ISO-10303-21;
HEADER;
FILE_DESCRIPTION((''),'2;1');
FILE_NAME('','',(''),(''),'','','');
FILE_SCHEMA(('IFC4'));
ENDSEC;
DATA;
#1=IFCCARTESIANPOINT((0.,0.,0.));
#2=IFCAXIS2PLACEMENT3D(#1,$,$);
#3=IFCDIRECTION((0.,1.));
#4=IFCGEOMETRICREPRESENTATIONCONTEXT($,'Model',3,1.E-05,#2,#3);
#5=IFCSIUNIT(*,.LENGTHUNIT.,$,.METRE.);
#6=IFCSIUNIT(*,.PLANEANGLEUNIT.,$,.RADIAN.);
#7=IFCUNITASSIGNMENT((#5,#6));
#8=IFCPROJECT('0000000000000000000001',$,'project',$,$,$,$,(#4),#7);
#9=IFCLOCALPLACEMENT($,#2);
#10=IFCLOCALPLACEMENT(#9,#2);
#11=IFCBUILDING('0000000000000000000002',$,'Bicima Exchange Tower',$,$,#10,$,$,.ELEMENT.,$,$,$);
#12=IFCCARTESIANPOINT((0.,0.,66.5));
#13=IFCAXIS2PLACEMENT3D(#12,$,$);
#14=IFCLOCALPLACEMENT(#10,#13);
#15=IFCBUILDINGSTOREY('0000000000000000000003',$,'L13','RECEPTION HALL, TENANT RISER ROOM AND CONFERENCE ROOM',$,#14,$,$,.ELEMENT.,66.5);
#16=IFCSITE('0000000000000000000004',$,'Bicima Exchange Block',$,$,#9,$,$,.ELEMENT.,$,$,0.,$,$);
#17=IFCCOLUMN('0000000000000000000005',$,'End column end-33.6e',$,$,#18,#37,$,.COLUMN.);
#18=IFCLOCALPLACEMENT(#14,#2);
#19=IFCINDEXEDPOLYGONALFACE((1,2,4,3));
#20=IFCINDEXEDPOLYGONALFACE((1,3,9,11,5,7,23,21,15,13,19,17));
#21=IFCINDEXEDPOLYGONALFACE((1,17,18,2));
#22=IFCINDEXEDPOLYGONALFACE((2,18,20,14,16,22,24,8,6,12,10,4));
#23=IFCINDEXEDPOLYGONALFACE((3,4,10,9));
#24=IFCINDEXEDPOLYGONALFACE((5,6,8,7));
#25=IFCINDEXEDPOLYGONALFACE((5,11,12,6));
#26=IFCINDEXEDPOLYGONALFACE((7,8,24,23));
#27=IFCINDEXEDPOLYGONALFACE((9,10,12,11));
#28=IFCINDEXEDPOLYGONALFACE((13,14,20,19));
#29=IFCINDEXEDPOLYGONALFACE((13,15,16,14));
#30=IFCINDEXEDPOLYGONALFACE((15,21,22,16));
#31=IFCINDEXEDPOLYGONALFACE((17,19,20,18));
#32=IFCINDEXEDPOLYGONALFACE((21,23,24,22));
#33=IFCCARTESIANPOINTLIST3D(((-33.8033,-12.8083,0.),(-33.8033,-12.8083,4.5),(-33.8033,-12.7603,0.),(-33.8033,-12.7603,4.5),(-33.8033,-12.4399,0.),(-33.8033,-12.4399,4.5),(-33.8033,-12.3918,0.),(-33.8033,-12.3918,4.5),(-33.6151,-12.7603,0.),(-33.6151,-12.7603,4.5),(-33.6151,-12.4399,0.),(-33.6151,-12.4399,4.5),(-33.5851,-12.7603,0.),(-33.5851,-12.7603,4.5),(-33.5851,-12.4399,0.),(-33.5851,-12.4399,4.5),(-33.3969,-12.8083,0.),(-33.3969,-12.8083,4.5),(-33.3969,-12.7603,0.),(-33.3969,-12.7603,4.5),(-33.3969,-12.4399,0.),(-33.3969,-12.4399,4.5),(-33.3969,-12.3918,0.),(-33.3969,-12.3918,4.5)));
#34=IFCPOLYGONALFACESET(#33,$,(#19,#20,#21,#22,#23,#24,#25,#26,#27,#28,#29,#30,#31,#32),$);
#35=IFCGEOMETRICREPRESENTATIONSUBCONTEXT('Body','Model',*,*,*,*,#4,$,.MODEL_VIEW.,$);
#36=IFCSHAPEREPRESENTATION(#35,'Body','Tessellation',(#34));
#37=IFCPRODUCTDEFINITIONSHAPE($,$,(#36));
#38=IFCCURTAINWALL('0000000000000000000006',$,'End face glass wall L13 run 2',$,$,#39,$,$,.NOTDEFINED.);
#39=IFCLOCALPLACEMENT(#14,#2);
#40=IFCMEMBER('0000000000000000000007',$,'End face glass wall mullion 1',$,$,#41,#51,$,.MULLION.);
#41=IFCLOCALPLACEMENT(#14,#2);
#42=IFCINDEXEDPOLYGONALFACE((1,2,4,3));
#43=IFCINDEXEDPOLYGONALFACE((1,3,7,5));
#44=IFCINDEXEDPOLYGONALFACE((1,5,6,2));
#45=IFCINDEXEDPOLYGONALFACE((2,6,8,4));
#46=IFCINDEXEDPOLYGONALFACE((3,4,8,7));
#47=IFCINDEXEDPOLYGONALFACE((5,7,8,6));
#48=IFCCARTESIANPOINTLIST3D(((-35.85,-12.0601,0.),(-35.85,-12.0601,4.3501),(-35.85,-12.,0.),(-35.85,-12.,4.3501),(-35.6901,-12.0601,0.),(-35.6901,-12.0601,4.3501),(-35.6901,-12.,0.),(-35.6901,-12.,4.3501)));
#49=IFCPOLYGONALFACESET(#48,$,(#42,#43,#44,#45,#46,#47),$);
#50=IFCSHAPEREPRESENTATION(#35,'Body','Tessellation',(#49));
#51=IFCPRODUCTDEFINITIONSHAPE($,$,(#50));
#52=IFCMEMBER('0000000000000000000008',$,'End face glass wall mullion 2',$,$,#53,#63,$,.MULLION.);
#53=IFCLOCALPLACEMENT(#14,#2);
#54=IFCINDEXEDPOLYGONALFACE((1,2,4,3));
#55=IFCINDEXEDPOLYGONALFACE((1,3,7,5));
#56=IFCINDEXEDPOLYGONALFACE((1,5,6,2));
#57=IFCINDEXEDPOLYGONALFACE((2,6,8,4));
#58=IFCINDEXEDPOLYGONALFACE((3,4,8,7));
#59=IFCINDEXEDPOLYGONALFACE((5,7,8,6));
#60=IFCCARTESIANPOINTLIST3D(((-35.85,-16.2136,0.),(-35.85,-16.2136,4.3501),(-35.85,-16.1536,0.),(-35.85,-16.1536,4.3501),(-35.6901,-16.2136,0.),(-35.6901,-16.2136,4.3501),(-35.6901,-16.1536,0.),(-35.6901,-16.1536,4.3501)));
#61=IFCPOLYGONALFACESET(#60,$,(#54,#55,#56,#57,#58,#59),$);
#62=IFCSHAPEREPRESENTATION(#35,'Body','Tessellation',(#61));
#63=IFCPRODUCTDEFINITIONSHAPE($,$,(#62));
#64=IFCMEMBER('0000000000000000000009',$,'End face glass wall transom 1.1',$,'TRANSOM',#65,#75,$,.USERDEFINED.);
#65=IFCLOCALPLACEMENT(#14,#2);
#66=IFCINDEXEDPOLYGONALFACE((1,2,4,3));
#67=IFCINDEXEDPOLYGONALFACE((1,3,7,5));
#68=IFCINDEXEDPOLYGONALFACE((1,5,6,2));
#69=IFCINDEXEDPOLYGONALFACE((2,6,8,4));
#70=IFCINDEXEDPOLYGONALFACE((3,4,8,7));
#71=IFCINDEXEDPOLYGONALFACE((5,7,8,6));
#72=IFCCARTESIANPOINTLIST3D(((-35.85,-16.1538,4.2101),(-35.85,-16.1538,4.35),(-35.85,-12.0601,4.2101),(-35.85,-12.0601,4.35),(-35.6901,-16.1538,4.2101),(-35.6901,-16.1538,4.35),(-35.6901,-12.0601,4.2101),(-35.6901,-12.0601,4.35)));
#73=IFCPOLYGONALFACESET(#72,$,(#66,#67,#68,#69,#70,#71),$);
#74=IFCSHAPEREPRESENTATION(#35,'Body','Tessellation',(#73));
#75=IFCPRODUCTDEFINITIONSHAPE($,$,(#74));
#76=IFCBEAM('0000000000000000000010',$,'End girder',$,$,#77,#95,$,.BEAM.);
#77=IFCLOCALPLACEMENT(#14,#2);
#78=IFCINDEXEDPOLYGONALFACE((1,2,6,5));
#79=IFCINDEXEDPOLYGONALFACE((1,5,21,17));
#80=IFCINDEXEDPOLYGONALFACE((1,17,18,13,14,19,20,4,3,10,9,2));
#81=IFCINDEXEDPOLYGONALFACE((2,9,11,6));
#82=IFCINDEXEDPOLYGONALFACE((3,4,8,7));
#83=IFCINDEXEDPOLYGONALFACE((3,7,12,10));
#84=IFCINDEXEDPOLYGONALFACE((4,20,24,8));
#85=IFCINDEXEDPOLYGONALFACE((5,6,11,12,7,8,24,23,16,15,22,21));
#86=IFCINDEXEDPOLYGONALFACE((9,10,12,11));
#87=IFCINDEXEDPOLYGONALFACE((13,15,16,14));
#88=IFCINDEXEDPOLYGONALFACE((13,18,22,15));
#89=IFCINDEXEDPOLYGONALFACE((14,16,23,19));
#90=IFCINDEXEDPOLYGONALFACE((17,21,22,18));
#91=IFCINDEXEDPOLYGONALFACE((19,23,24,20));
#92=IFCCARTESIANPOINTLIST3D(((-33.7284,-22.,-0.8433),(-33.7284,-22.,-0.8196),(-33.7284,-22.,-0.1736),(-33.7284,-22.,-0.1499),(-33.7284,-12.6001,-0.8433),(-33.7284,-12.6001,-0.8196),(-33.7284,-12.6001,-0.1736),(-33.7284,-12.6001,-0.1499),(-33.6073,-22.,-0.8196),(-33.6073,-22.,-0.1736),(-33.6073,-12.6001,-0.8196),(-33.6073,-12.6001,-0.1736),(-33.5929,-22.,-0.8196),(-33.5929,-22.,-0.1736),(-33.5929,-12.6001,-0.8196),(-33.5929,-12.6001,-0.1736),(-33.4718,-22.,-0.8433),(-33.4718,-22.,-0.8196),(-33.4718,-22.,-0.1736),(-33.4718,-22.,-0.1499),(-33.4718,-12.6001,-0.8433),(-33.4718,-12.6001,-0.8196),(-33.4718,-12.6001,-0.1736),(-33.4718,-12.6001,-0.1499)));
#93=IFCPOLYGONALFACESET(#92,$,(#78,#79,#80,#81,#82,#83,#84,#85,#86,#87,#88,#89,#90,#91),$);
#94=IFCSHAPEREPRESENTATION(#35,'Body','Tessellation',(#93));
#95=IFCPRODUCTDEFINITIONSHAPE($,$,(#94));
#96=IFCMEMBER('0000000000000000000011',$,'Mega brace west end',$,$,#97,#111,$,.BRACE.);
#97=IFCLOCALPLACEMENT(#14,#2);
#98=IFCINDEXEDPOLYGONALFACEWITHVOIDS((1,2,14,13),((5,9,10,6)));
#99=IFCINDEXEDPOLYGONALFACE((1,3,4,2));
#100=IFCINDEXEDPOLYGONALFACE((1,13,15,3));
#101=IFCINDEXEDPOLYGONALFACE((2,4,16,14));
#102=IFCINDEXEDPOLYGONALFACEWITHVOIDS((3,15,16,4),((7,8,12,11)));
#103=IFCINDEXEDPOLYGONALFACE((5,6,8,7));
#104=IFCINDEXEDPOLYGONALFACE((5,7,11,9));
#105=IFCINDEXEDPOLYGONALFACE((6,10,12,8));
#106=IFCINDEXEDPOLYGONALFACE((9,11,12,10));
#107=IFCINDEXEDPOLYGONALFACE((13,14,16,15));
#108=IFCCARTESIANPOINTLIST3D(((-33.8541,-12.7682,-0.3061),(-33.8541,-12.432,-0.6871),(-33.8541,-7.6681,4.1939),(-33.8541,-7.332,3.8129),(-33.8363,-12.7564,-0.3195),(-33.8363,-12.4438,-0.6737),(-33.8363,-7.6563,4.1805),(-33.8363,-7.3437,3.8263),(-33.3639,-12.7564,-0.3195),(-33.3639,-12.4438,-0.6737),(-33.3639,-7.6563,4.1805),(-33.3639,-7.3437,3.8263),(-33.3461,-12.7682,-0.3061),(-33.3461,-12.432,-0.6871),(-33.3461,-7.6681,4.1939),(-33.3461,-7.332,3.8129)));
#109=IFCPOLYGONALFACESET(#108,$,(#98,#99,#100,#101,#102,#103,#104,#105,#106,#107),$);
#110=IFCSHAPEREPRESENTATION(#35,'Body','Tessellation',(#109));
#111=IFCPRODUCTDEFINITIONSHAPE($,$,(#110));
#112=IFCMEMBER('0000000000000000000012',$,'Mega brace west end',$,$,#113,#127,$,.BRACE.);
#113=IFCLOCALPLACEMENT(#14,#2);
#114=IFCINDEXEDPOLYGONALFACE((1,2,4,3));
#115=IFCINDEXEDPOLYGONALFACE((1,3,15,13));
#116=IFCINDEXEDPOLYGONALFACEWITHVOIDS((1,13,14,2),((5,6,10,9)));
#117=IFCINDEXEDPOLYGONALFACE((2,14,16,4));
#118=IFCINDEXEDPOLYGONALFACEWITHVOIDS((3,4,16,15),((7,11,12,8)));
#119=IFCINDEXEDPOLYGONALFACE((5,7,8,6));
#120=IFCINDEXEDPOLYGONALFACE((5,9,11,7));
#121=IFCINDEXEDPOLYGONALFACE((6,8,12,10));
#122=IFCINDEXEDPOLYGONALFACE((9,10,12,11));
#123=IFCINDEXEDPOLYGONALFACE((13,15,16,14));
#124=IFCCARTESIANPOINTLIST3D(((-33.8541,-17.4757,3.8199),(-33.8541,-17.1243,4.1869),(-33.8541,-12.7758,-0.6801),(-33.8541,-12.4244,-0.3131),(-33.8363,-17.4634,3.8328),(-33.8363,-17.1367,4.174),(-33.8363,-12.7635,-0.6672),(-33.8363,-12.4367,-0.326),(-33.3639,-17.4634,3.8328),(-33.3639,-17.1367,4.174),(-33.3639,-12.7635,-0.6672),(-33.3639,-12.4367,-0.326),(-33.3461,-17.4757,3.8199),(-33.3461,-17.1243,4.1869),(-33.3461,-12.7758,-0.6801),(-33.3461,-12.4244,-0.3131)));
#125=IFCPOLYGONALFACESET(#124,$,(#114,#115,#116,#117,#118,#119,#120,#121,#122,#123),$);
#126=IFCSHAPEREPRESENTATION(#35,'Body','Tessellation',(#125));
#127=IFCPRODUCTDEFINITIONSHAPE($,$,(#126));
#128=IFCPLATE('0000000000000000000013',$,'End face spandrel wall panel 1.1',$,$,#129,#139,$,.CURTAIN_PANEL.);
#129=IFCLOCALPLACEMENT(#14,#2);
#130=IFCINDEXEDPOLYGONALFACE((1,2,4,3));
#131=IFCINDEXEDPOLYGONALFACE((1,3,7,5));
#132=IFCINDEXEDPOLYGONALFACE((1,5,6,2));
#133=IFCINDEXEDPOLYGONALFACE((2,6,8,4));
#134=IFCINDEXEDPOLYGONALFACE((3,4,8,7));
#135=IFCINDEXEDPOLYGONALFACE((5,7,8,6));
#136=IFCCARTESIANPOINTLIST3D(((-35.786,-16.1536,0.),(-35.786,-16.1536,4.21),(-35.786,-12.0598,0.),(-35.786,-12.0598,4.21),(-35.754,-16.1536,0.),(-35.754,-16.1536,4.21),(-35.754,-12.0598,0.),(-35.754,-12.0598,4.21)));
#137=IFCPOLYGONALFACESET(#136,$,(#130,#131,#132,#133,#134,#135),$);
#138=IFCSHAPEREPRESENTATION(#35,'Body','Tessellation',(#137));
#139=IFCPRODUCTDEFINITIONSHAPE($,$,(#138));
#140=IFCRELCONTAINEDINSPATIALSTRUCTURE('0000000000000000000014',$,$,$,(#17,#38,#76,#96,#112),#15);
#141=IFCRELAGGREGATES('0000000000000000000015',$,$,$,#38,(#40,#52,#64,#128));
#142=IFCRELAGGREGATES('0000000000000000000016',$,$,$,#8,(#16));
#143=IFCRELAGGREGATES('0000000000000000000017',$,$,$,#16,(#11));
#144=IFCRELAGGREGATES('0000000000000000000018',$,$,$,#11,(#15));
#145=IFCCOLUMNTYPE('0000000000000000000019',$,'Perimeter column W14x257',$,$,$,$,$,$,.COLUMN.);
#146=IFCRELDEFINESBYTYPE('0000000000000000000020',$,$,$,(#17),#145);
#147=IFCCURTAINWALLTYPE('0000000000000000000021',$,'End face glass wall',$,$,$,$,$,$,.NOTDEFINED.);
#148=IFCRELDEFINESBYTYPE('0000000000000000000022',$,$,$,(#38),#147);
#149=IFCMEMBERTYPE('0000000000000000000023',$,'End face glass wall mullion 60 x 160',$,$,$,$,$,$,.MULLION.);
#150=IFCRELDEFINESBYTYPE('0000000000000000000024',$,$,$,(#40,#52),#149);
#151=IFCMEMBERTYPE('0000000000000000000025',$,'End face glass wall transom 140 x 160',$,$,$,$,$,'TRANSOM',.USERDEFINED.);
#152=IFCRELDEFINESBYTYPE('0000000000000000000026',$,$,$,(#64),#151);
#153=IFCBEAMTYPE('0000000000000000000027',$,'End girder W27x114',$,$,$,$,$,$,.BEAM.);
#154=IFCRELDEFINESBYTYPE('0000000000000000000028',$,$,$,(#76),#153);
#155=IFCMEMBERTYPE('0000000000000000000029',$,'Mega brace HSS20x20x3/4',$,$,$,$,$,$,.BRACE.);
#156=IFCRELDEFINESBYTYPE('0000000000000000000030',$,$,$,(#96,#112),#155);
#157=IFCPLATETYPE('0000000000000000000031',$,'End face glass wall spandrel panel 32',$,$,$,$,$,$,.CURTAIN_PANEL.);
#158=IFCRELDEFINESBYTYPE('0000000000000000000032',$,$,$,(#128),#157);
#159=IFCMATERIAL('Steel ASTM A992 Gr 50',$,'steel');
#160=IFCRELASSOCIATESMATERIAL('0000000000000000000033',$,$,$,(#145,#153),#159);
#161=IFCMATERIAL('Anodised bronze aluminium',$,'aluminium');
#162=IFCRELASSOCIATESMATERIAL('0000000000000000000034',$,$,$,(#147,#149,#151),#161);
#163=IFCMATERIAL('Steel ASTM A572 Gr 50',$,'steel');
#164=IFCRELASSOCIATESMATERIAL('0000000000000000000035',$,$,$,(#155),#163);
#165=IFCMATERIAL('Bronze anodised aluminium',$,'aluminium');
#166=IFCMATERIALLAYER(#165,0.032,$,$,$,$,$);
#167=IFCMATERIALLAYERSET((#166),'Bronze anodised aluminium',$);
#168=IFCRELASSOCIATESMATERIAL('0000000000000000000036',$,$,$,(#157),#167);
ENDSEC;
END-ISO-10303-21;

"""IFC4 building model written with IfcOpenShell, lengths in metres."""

from ifc_helpers import new_model, si_unit, direction, frame, origin, origin_2d, place, context, subcontext, project, spatial, rectangle, hollow_rectangle, i_section, extrude, material, layer, layer_set, material_profile, profile_set, type_object, element, aggregate, save


model = new_model("IFC4")

# Units and contexts
model_context = context("Model", 3, precision=1e-05, world=origin(), true_north=direction((0.0, 1.0)))
body_context = subcontext(model_context, "Body", "Model", "MODEL_VIEW")
ifc_project = project(units=[si_unit("LENGTHUNIT", "METRE"), si_unit("PLANEANGLEUNIT", "RADIAN")], contexts=[model_context])

# Site, building, storey
site_placement = place(None, origin())
site = spatial("IfcSite", under=ifc_project, at=site_placement, Name="Bicima Exchange Block", CompositionType="ELEMENT", RefElevation=0.0)
building_placement = place(site_placement, origin())
building = spatial("IfcBuilding", under=site, at=building_placement, Name="Bicima Exchange Tower", CompositionType="ELEMENT")
storey_placement = place(building_placement, frame((0.0, 0.0, 66.5)))
storey = spatial("IfcBuildingStorey", under=building, at=storey_placement, Name="L13", Description="RECEPTION HALL, TENANT RISER ROOM AND CONFERENCE ROOM", CompositionType="ELEMENT", Elevation=66.5)

# Column
ifc_material_1 = material(Name="Steel ASTM A992 Gr 50", Category="steel")
ifc_material_profile_1 = material_profile(ifc_material_1, i_section(OverallWidth=0.4065, OverallDepth=0.4165, WebThickness=0.03, FlangeThickness=0.0481, at=origin_2d()))
ifc_profile_set_1 = profile_set([ifc_material_profile_1], Name="Steel ASTM A992 Gr 50")
column_type = type_object("IfcColumnType", Name="Perimeter column W14x257", PredefinedType="COLUMN", material=ifc_profile_set_1)
column_placement = place(storey_placement, frame((-33.6001, -12.6001, 0.0), z_axis=(0.0, 0.0, 1.0), x_axis=(1.0, 0.0, 0.0)))
element("IfcColumn", 1, at=column_placement, inside=storey, type_object=column_type, Name="End column end-33.6e", PredefinedType="COLUMN", context=body_context, shape_type="SweptSolid", body=[
    extrude(i_section(OverallWidth=0.4065, OverallDepth=0.4165, WebThickness=0.03, FlangeThickness=0.0481, at=origin_2d()), origin(), (0.0, 0.0, 1.0), 4.5),
])

# Curtain wall, members
ifc_material_2 = material(Name="Anodised bronze aluminium", Category="aluminium")
curtain_wall_type = type_object("IfcCurtainWallType", Name="End face glass wall", PredefinedType="NOTDEFINED", material=ifc_material_2)
curtain_wall_placement = place(storey_placement, origin())
curtain_wall = element("IfcCurtainWall", 2, at=curtain_wall_placement, inside=storey, type_object=curtain_wall_type, Name="End face glass wall L13 run 2", PredefinedType="NOTDEFINED")
ifc_material_profile_2 = material_profile(ifc_material_2, rectangle(XDim=0.1599, YDim=0.0601, at=origin_2d()))
ifc_profile_set_2 = profile_set([ifc_material_profile_2], Name="Anodised bronze aluminium")
member_type_1 = type_object("IfcMemberType", Name="End face glass wall mullion 60 x 160", PredefinedType="MULLION", material=ifc_profile_set_2)
member_1_placement = place(storey_placement, frame((-35.77, -12.03, 0.0), z_axis=(0.0, 0.0, 1.0), x_axis=(1.0, 0.0, 0.0)))
member_1 = element("IfcMember", 3, at=member_1_placement, type_object=member_type_1, Name="End face glass wall mullion 1", PredefinedType="MULLION", context=body_context, shape_type="SweptSolid", body=[
    extrude(rectangle(XDim=0.1599, YDim=0.0601, at=origin_2d()), origin(), (0.0, 0.0, 1.0), 4.3501),
])
member_2_placement = place(storey_placement, frame((-35.77, -16.1836, 0.0), z_axis=(0.0, 0.0, 1.0), x_axis=(1.0, 0.0, 0.0)))
member_2 = element("IfcMember", 4, at=member_2_placement, type_object=member_type_1, Name="End face glass wall mullion 2", PredefinedType="MULLION", context=body_context, shape_type="SweptSolid", body=[
    extrude(rectangle(XDim=0.1599, YDim=0.0601, at=origin_2d()), origin(), (0.0, 0.0, 1.0), 4.3501),
])
ifc_material_profile_3 = material_profile(ifc_material_2, rectangle(XDim=0.1599, YDim=0.1399, at=origin_2d()))
ifc_profile_set_3 = profile_set([ifc_material_profile_3], Name="Anodised bronze aluminium")
member_type_2 = type_object("IfcMemberType", Name="End face glass wall transom 140 x 160", ElementType="TRANSOM", PredefinedType="USERDEFINED", material=ifc_profile_set_3)
member_3_placement = place(storey_placement, frame((-35.77, -12.0601, 4.28), z_axis=(0.0, -1.0, 0.0), x_axis=(1.0, 0.0, 0.0)))
member_3 = element("IfcMember", 5, at=member_3_placement, type_object=member_type_2, Name="End face glass wall transom 1.1", ObjectType="TRANSOM", PredefinedType="USERDEFINED", context=body_context, shape_type="SweptSolid", body=[
    extrude(rectangle(XDim=0.1599, YDim=0.1399, at=origin_2d()), origin(), (0.0, 0.0, 1.0), 4.0938),
])

# Beam
ifc_material_profile_4 = material_profile(ifc_material_1, i_section(OverallWidth=0.2566, OverallDepth=0.6934, WebThickness=0.0144, FlangeThickness=0.0237, at=origin_2d()))
ifc_profile_set_4 = profile_set([ifc_material_profile_4], Name="Steel ASTM A992 Gr 50")
beam_type = type_object("IfcBeamType", Name="End girder W27x114", PredefinedType="BEAM", material=ifc_profile_set_4)
beam_placement = place(storey_placement, frame((-33.6001, -12.6001, -0.4966), z_axis=(0.0, -1.0, 0.0), x_axis=(1.0, 0.0, 0.0)))
element("IfcBeam", 6, at=beam_placement, inside=storey, type_object=beam_type, Name="End girder", PredefinedType="BEAM", context=body_context, shape_type="SweptSolid", body=[
    extrude(i_section(OverallWidth=0.2566, OverallDepth=0.6934, WebThickness=0.0144, FlangeThickness=0.0237, at=origin_2d()), origin(), (0.0, 0.0, 1.0), 9.3999),
])

# Members
ifc_material_3 = material(Name="Steel ASTM A572 Gr 50", Category="steel")
ifc_material_profile_5 = material_profile(ifc_material_3, hollow_rectangle(XDim=0.5081, YDim=0.5081, WallThickness=0.0178, at=origin_2d()))
ifc_profile_set_5 = profile_set([ifc_material_profile_5], Name="Steel ASTM A572 Gr 50")
member_type_3 = type_object("IfcMemberType", Name="Mega brace HSS20x20x3/4", PredefinedType="BRACE", material=ifc_profile_set_5)
member_4_placement = place(storey_placement, frame((-33.6001, -12.6001, -0.4966), z_axis=(0.0, 0.749844, 0.661615), x_axis=(-1.0, 0.0, 0.0)))
element("IfcMember", 7, at=member_4_placement, inside=storey, type_object=member_type_3, Name="Mega brace west end", PredefinedType="BRACE", context=body_context, shape_type="SweptSolid", body=[
    extrude(hollow_rectangle(XDim=0.5081, YDim=0.5081, WallThickness=0.0178, at=origin_2d()), origin(), (0.0, 0.0, 1.0), 6.8015),
])
member_5_placement = place(storey_placement, frame((-33.6001, -12.6001, -0.4966), z_axis=(0.0, -0.722304, 0.691575), x_axis=(1.0, 0.0, 0.0)))
element("IfcMember", 8, at=member_5_placement, inside=storey, type_object=member_type_3, Name="Mega brace west end", PredefinedType="BRACE", context=body_context, shape_type="SweptSolid", body=[
    extrude(hollow_rectangle(XDim=0.5081, YDim=0.5081, WallThickness=0.0178, at=origin_2d()), origin(), (0.0, 0.0, 1.0), 6.5068),
])

# Plate
ifc_material_4 = material(Name="Bronze anodised aluminium", Category="aluminium")
ifc_layer_1 = layer(ifc_material_4, 0.032)
ifc_layer_set_1 = layer_set([ifc_layer_1], Name="Bronze anodised aluminium")
plate_type = type_object("IfcPlateType", Name="End face glass wall spandrel panel 32", PredefinedType="CURTAIN_PANEL", material=ifc_layer_set_1)
plate_placement = place(storey_placement, frame((-35.77, -14.1067, 0.0), z_axis=(0.0, 0.0, 1.0), x_axis=(0.0, -1.0, 0.0)))
plate = element("IfcPlate", 9, at=plate_placement, type_object=plate_type, Name="End face spandrel wall panel 1.1", PredefinedType="CURTAIN_PANEL", context=body_context, shape_type="SweptSolid", body=[
    extrude(rectangle(XDim=4.0938, YDim=0.032, at=origin_2d()), origin(), (0.0, 0.0, 1.0), 4.21),
])
aggregate(curtain_wall, [member_1, member_2, member_3, plate])

save(model, "model.ifc")
